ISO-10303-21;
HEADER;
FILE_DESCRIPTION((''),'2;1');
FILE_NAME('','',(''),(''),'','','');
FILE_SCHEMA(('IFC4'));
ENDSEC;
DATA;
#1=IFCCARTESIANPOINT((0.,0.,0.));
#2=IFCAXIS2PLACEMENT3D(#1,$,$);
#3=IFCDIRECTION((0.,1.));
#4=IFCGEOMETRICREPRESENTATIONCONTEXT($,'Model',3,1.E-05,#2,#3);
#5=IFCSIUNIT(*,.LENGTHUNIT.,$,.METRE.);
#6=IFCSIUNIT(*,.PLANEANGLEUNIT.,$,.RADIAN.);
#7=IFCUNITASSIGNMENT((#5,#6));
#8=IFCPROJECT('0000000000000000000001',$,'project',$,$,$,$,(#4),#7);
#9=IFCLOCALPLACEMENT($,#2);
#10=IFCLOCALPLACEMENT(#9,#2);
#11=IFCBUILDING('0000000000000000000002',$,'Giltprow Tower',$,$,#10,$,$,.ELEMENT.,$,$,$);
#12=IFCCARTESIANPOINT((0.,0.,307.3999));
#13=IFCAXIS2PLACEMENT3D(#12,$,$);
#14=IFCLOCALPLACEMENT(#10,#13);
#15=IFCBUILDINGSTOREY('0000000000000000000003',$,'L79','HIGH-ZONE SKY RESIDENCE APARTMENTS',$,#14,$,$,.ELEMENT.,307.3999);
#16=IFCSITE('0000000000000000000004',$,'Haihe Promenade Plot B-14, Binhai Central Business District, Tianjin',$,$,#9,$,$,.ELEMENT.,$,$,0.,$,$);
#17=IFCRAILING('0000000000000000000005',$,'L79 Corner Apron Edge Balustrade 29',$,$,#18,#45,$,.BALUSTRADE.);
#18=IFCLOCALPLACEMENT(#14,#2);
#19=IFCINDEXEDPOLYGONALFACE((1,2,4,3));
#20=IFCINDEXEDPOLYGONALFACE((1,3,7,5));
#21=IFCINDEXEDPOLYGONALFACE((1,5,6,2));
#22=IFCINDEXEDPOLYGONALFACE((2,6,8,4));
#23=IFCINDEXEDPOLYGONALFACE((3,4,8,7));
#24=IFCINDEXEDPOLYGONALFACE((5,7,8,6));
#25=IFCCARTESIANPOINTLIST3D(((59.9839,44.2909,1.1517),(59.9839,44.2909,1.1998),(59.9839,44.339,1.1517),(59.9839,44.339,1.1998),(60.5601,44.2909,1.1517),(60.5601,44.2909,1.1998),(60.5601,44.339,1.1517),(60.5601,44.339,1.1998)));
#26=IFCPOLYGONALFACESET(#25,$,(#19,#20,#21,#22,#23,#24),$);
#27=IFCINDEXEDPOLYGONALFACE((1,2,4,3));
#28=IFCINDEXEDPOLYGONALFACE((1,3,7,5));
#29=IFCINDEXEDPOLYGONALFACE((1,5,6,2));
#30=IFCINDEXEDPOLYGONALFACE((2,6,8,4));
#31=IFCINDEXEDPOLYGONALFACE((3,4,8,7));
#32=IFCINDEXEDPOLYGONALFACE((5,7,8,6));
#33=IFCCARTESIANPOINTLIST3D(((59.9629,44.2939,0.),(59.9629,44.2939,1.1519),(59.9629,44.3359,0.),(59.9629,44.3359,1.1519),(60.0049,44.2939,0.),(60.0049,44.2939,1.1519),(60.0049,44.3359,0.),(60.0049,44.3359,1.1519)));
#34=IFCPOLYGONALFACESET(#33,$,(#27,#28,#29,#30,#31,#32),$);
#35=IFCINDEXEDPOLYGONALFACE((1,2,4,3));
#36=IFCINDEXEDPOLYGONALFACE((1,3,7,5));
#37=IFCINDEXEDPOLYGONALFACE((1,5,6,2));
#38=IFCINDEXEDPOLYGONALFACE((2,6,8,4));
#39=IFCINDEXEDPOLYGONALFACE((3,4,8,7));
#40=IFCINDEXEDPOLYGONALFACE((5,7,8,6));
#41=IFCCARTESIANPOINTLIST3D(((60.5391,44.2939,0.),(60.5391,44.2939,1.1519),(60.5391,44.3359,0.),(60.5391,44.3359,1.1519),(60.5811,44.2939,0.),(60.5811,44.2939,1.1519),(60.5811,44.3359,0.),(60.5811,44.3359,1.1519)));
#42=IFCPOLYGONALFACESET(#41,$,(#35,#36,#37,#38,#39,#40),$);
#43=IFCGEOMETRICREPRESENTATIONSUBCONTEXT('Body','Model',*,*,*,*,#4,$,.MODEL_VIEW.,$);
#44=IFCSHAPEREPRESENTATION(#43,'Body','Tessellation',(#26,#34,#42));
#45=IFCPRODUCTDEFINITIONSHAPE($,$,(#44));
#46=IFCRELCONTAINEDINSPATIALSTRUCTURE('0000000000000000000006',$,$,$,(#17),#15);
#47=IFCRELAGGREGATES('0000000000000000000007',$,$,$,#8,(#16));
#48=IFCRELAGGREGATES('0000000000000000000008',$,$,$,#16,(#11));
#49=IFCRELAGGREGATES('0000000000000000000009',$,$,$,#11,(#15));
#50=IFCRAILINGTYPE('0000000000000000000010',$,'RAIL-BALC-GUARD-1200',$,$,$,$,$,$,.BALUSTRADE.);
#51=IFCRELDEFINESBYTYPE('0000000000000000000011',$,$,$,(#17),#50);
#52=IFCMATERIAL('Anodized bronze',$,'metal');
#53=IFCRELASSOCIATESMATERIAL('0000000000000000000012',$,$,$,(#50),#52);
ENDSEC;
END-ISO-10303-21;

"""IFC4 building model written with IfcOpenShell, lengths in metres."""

from ifc_helpers import new_model, si_unit, direction, frame, origin, origin_2d, place, context, subcontext, project, spatial, rectangle, extrude, material, type_object, element, save


model = new_model("IFC4")

# Units and contexts
model_context = context("Model", 3, precision=1e-05, world=origin(), true_north=direction((0.0, 1.0)))
body_context = subcontext(model_context, "Body", "Model", "MODEL_VIEW")
ifc_project = project(units=[si_unit("LENGTHUNIT", "METRE"), si_unit("PLANEANGLEUNIT", "RADIAN")], contexts=[model_context])

# Site, building, storey
site_placement = place(None, origin())
site = spatial("IfcSite", under=ifc_project, at=site_placement, Name="Haihe Promenade Plot B-14, Binhai Central Business District, Tianjin", CompositionType="ELEMENT", RefElevation=0.0)
building_placement = place(site_placement, origin())
building = spatial("IfcBuilding", under=site, at=building_placement, Name="Giltprow Tower", CompositionType="ELEMENT")
storey_placement = place(building_placement, frame((0.0, 0.0, 307.3999)))
storey = spatial("IfcBuildingStorey", under=building, at=storey_placement, Name="L79", Description="HIGH-ZONE SKY RESIDENCE APARTMENTS", CompositionType="ELEMENT", Elevation=307.3999)

# Railing
ifc_material_1 = material(Name="Anodized bronze", Category="metal")
railing_type = type_object("IfcRailingType", Name="RAIL-BALC-GUARD-1200", PredefinedType="BALUSTRADE", material=ifc_material_1)
railing_1_placement = place(storey_placement, frame((59.9839, 44.3149, 0.0)))
element("IfcRailing", 1, at=railing_1_placement, inside=storey, type_object=railing_type, Name="L79 Corner Apron Edge Balustrade 29", PredefinedType="BALUSTRADE", context=body_context, shape_type="SweptSolid", body=[
    extrude(rectangle(XDim=0.0481, YDim=0.0481, at=origin_2d()), frame((0.0, 0.0, 1.1758), z_axis=(1.0, 0.0, 0.0), x_axis=(0.0, 1.0, 0.0)), (0.0, 0.0, 1.0), 0.5762),
    extrude(rectangle(XDim=0.042, YDim=0.042, at=origin_2d()), origin(), (0.0, 0.0, 1.0), 1.1519),
    extrude(rectangle(XDim=0.042, YDim=0.042, at=origin_2d()), frame((0.5762, 0.0, 0.0)), (0.0, 0.0, 1.0), 1.1519),
])

save(model, "model.ifc")
